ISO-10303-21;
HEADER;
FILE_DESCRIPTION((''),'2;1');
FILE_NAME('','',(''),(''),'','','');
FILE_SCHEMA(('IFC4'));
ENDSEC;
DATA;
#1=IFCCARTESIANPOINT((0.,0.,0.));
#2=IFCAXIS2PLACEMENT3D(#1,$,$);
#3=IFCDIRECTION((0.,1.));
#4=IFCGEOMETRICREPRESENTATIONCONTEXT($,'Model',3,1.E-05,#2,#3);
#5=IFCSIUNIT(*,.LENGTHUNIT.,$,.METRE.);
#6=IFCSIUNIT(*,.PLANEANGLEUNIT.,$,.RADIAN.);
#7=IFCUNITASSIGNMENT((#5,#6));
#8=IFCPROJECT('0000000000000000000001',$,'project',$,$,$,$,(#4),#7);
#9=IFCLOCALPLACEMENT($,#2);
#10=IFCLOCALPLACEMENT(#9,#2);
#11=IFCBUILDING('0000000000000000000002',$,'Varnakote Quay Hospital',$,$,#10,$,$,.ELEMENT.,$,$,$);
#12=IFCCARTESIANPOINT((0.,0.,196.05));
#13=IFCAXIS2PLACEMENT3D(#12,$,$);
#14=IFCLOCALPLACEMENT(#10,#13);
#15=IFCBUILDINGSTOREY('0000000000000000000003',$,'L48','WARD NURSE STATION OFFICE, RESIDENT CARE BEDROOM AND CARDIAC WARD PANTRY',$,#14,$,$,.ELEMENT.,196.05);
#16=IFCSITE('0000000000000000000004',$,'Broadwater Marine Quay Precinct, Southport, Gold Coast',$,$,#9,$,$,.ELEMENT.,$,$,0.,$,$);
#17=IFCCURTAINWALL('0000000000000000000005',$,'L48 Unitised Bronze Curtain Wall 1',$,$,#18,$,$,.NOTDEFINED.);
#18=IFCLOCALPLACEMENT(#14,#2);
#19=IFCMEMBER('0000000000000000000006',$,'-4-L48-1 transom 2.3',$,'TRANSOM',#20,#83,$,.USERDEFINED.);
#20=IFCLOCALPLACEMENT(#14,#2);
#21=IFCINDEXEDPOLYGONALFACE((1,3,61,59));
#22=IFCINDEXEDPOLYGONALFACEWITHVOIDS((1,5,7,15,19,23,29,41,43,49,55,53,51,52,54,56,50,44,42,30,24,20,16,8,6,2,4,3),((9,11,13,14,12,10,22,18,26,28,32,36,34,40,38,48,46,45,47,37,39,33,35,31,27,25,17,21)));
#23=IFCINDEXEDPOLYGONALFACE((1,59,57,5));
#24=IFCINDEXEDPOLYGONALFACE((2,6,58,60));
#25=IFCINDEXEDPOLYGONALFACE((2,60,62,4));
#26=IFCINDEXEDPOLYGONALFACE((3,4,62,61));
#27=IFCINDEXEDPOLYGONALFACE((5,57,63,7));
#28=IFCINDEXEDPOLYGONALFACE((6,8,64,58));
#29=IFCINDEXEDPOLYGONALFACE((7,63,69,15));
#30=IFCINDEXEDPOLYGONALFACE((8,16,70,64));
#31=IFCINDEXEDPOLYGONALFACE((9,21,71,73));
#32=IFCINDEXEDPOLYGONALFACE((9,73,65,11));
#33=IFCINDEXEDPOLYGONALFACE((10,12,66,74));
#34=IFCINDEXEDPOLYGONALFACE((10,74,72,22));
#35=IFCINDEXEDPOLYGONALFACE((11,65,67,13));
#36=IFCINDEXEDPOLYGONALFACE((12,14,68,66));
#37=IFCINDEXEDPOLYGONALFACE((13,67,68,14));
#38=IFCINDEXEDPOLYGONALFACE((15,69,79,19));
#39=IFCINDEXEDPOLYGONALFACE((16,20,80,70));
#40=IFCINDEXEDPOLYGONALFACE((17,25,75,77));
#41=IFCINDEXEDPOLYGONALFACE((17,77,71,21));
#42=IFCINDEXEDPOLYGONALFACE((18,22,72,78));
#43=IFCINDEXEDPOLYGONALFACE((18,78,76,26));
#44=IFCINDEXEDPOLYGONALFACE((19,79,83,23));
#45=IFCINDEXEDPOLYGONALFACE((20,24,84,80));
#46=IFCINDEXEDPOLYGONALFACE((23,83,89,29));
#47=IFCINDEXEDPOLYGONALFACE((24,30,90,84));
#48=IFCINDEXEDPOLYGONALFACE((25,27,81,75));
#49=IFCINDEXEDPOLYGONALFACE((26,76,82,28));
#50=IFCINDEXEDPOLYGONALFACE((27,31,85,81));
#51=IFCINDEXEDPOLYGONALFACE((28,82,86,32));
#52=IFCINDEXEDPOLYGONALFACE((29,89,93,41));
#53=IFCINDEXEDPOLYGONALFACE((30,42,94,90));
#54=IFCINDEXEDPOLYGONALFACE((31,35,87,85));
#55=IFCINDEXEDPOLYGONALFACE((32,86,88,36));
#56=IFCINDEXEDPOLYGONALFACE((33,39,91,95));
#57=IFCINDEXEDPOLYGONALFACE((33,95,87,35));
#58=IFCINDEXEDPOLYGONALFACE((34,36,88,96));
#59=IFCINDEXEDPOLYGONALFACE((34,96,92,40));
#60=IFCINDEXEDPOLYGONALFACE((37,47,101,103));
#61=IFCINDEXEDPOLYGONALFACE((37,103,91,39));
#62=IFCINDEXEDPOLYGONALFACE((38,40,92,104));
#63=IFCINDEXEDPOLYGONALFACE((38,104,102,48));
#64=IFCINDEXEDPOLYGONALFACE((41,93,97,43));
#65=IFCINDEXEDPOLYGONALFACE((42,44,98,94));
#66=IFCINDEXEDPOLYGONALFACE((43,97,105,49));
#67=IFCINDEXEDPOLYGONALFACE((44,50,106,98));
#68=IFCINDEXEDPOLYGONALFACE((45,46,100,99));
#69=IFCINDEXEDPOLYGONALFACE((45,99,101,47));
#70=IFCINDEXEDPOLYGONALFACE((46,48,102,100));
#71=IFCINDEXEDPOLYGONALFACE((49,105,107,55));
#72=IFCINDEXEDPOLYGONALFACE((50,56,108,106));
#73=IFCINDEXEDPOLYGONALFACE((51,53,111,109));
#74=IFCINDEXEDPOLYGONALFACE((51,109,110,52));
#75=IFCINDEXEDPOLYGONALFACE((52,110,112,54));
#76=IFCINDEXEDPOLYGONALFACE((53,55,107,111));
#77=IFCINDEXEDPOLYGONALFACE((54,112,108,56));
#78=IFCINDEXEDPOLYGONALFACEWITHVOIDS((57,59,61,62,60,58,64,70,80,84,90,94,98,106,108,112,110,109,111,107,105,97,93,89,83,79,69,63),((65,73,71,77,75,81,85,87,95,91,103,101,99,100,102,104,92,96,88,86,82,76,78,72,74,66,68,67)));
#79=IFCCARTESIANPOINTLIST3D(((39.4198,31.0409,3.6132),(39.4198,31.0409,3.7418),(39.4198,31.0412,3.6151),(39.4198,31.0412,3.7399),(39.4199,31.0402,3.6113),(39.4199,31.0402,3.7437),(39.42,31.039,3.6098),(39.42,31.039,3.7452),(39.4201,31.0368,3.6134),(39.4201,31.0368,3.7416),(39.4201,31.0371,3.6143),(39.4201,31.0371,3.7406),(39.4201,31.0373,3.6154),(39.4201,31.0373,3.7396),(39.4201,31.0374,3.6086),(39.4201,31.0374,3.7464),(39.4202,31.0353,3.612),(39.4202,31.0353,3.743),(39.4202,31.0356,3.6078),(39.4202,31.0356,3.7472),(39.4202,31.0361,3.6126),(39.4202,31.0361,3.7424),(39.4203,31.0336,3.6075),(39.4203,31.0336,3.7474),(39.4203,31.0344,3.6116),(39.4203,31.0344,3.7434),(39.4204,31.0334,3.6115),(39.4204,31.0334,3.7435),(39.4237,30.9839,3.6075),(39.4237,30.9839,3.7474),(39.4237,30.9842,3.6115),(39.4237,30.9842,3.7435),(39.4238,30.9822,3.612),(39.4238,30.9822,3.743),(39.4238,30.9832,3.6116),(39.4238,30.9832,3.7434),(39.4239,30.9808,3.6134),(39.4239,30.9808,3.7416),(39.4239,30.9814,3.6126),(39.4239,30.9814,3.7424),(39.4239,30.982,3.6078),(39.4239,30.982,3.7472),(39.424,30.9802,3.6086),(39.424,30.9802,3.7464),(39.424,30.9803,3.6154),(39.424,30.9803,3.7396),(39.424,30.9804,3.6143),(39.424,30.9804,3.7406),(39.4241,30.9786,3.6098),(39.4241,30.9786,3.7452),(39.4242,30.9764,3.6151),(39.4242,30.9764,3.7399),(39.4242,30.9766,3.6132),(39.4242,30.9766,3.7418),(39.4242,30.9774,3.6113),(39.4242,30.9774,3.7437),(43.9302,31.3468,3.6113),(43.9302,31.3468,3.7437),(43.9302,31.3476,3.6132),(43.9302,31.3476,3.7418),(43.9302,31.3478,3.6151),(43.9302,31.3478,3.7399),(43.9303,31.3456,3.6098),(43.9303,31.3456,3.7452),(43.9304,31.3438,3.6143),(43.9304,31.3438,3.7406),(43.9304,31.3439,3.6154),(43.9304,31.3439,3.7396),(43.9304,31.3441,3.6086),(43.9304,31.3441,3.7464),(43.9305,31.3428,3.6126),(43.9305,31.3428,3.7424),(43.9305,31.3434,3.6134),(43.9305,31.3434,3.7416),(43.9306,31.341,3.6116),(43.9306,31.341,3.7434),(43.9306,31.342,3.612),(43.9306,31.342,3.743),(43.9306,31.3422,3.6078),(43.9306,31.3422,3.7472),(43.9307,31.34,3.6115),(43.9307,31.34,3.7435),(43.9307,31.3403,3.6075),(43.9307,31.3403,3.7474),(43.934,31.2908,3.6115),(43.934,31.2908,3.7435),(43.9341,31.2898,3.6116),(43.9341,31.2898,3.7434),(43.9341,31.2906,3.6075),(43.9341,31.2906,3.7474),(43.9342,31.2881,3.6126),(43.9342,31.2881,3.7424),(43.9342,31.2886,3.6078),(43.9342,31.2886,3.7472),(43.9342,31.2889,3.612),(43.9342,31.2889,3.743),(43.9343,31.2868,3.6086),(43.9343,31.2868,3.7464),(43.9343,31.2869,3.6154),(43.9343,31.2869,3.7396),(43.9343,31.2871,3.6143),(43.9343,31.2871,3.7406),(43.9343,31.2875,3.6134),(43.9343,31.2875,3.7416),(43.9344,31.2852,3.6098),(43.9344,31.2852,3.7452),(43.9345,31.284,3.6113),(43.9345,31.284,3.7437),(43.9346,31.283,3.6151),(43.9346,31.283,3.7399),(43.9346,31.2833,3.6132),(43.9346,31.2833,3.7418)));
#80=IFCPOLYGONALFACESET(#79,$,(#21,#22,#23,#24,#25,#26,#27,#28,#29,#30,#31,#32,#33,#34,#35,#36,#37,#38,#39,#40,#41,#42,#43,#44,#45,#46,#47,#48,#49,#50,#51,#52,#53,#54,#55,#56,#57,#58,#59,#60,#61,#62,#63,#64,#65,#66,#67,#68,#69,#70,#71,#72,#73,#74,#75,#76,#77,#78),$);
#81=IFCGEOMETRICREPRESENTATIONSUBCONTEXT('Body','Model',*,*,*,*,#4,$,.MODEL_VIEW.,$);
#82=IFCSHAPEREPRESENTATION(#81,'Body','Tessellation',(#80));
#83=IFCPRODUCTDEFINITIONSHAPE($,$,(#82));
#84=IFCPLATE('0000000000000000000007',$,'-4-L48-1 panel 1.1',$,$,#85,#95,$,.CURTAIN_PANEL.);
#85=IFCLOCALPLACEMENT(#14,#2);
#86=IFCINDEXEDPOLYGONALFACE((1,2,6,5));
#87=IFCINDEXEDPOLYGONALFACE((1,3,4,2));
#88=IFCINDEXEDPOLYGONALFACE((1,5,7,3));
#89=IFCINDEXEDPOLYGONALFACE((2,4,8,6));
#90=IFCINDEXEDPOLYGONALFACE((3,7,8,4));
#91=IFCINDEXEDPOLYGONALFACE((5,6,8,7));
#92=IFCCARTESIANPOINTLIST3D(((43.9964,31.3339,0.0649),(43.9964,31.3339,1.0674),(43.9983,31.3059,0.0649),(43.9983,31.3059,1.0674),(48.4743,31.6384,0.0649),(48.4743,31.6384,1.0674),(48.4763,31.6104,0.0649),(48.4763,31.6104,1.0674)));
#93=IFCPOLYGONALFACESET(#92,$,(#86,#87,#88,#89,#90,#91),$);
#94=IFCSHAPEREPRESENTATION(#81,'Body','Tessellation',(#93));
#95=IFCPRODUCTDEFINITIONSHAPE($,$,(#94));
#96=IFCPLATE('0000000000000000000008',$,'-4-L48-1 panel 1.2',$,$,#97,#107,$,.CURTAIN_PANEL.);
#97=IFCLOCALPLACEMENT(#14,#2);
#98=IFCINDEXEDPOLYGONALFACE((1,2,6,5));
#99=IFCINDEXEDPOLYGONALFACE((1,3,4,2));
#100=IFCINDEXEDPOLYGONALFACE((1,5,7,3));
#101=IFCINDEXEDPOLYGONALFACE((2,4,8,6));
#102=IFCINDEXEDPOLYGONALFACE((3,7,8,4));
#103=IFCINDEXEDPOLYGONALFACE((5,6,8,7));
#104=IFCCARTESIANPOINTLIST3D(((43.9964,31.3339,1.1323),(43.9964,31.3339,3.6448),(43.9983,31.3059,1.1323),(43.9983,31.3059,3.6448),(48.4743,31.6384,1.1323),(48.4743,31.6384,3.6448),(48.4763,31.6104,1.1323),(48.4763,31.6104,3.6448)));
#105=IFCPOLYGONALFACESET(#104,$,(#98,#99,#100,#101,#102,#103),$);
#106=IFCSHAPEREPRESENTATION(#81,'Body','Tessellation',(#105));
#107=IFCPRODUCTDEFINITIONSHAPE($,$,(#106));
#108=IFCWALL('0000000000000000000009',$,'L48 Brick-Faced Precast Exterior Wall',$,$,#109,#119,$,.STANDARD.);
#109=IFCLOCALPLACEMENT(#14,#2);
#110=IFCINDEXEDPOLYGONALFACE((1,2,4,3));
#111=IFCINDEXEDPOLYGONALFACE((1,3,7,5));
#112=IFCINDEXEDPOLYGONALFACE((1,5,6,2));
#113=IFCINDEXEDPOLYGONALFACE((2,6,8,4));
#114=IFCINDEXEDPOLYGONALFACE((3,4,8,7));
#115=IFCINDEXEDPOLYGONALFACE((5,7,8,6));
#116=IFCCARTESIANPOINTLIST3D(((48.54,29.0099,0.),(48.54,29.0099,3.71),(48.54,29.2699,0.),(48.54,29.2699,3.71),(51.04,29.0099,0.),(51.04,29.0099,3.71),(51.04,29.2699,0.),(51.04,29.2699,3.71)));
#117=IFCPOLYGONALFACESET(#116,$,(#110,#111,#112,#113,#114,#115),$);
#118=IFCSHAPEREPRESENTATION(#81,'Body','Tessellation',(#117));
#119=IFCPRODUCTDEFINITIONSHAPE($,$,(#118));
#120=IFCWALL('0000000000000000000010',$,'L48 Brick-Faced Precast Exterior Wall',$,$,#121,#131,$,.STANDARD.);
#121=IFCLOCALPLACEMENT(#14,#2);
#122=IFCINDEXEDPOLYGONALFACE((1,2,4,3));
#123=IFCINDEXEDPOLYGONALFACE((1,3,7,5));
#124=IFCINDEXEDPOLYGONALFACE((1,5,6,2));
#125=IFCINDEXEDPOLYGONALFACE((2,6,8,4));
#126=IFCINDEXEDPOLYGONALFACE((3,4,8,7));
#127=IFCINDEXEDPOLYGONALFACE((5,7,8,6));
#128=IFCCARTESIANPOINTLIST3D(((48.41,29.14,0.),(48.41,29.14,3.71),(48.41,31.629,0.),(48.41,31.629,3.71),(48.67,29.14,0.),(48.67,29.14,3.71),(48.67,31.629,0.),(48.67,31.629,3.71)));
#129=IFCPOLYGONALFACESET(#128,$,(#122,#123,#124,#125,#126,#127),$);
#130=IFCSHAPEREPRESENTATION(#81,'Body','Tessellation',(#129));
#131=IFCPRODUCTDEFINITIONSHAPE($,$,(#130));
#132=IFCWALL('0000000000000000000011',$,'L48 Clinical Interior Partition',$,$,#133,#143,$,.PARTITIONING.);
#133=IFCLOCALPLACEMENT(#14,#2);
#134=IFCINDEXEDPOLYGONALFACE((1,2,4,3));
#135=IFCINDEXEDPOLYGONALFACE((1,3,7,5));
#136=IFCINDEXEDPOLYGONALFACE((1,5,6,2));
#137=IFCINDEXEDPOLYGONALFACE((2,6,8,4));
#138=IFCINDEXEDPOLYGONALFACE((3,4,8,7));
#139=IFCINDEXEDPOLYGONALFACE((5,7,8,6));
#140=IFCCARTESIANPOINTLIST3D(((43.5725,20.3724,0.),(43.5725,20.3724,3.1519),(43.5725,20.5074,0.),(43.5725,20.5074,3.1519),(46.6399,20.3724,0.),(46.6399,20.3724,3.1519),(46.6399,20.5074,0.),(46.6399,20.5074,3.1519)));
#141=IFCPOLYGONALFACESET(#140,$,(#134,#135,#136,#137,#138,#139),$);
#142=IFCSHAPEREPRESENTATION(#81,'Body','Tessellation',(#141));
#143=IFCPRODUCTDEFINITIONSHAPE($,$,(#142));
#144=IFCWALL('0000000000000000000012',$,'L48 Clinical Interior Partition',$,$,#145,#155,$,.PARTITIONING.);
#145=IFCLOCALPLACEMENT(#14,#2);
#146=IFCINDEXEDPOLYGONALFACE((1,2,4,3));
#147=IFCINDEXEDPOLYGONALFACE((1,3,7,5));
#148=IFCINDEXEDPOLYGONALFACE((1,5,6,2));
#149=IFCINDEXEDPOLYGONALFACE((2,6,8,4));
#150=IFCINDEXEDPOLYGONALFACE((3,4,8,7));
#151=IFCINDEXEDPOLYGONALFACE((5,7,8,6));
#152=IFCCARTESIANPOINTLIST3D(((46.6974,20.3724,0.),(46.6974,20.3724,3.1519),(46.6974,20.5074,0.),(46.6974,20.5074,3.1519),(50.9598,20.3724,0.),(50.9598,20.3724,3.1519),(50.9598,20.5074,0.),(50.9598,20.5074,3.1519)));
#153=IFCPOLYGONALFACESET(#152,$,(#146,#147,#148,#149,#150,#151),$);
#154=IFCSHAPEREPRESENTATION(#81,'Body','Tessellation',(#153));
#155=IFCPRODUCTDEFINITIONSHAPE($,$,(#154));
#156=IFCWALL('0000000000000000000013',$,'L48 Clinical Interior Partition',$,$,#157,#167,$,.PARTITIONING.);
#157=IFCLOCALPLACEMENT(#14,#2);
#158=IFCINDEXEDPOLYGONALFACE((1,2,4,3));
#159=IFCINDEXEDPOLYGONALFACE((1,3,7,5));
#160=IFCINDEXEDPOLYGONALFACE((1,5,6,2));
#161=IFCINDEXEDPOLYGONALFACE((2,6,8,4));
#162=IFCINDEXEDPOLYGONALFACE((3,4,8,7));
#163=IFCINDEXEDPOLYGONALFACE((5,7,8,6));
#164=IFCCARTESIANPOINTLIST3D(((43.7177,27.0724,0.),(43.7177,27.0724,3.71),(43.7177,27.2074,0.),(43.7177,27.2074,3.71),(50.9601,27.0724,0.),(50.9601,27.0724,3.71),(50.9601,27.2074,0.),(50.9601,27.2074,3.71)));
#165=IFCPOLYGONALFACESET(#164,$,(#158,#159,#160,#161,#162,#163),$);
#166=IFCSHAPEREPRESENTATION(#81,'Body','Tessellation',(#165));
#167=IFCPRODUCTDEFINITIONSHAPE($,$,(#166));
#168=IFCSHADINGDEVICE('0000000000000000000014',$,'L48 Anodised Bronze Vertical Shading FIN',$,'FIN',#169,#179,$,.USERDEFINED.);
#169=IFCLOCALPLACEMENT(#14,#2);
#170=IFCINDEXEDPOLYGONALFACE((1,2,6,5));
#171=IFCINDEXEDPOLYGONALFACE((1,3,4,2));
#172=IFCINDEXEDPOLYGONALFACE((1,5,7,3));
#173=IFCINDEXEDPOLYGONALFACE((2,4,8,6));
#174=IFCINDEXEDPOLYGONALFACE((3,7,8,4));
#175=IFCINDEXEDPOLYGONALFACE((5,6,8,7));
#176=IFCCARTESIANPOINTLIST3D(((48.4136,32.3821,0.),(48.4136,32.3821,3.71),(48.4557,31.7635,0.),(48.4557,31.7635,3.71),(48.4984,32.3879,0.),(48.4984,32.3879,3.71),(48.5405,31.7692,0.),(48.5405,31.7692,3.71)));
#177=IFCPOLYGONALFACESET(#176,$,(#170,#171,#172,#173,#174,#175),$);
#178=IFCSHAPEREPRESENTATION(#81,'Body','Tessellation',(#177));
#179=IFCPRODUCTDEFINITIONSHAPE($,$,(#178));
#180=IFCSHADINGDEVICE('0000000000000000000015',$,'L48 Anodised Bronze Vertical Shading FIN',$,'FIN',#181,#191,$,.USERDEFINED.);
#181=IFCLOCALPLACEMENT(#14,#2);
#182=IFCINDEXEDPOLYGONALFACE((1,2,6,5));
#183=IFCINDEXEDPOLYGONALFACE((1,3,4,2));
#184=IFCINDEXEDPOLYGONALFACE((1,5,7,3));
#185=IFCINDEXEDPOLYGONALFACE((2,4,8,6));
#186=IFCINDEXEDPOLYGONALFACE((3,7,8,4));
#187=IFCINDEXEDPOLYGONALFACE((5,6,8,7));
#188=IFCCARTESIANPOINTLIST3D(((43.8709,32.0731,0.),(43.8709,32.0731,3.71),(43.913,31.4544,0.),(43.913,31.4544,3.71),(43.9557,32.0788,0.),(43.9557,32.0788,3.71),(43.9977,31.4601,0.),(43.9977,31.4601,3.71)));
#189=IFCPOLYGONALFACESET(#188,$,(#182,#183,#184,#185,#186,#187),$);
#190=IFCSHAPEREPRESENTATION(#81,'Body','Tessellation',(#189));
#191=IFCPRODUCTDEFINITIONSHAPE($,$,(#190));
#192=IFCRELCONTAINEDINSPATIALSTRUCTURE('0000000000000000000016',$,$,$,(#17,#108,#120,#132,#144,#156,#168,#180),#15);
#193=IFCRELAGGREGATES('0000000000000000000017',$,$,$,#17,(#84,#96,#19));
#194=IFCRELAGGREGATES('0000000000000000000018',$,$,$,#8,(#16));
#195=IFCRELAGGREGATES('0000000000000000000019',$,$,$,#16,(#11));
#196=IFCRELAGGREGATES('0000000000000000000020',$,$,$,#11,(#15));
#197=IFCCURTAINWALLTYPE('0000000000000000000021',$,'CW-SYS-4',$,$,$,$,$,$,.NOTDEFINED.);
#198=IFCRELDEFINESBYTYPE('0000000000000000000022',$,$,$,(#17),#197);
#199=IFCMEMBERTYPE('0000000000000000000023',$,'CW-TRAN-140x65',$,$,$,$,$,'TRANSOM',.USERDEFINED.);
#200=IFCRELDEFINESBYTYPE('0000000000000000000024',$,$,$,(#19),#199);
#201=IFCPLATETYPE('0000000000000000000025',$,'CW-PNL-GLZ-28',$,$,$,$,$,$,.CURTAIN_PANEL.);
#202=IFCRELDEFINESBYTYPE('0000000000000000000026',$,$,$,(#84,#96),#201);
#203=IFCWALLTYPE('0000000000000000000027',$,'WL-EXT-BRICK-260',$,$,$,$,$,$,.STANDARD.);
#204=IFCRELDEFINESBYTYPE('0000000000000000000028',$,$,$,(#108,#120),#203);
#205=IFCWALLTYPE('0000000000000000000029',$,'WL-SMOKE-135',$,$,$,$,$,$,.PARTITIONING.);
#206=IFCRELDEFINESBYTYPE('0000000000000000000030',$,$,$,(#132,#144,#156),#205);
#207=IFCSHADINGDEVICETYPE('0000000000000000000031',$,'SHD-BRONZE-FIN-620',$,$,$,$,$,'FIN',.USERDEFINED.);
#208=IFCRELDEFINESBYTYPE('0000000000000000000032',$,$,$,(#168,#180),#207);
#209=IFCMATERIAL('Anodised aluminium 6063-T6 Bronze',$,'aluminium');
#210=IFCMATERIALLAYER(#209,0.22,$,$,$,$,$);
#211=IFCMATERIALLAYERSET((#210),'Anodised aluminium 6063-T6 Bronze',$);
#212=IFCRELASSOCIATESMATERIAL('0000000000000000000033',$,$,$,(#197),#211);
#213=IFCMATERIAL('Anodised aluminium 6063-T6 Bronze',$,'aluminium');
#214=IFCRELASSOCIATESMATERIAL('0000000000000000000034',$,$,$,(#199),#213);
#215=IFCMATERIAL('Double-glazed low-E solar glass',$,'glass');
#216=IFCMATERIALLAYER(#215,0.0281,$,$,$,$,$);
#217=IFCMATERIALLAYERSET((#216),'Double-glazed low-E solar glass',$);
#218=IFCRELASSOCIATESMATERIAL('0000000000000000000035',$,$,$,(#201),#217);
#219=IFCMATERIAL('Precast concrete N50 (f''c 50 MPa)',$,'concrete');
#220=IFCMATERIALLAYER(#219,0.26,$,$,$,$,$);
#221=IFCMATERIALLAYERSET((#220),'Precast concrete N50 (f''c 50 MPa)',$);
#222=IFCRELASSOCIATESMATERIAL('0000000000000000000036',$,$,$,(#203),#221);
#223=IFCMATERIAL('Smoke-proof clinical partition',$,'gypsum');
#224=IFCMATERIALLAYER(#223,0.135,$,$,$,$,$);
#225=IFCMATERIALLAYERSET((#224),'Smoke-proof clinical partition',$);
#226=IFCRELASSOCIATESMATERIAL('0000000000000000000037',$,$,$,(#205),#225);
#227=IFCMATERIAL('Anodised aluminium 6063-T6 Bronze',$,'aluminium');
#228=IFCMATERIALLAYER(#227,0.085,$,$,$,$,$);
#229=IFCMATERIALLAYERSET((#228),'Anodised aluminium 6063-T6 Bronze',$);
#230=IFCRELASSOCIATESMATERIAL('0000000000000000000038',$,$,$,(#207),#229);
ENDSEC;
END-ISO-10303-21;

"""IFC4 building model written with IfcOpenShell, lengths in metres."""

from ifc_helpers import new_model, si_unit, direction, frame, frame_2d, origin, origin_2d, place, context, subcontext, project, spatial, rectangle, hollow_rectangle, extrude, material, layer, layer_set, material_profile, profile_set, type_object, element, aggregate, save


model = new_model("IFC4")

# Units and contexts
model_context = context("Model", 3, precision=1e-05, world=origin(), true_north=direction((0.0, 1.0)))
body_context = subcontext(model_context, "Body", "Model", "MODEL_VIEW")
ifc_project = project(units=[si_unit("LENGTHUNIT", "METRE"), si_unit("PLANEANGLEUNIT", "RADIAN")], contexts=[model_context])

# Site, building, storey
site_placement = place(None, origin())
site = spatial("IfcSite", under=ifc_project, at=site_placement, Name="Broadwater Marine Quay Precinct, Southport, Gold Coast", CompositionType="ELEMENT", RefElevation=0.0)
building_placement = place(site_placement, origin())
building = spatial("IfcBuilding", under=site, at=building_placement, Name="Varnakote Quay Hospital", CompositionType="ELEMENT")
storey_placement = place(building_placement, frame((0.0, 0.0, 196.05)))
storey = spatial("IfcBuildingStorey", under=building, at=storey_placement, Name="L48", Description="WARD NURSE STATION OFFICE, RESIDENT CARE BEDROOM AND CARDIAC WARD PANTRY", CompositionType="ELEMENT", Elevation=196.05)

# Curtain wall, member, plates
ifc_material_1 = material(Name="Anodised aluminium 6063-T6 Bronze", Category="aluminium")
ifc_layer_1 = layer(ifc_material_1, 0.22)
ifc_layer_set_1 = layer_set([ifc_layer_1], Name="Anodised aluminium 6063-T6 Bronze")
curtain_wall_type = type_object("IfcCurtainWallType", Name="CW-SYS-4", PredefinedType="NOTDEFINED", material=ifc_layer_set_1)
curtain_wall_placement = place(storey_placement, origin())
curtain_wall = element("IfcCurtainWall", 1, at=curtain_wall_placement, inside=storey, type_object=curtain_wall_type, Name="L48 Unitised Bronze Curtain Wall 1", PredefinedType="NOTDEFINED")
ifc_material_2 = material(Name="Anodised aluminium 6063-T6 Bronze", Category="aluminium")
ifc_material_profile_1 = material_profile(ifc_material_2, hollow_rectangle(XDim=0.0649, YDim=0.1399, WallThickness=0.0039, InnerFilletRadius=0.0039, OuterFilletRadius=0.0076, at=origin_2d()), Name="CW-TRAN-140x65")
ifc_profile_set_1 = profile_set([ifc_material_profile_1], Name="Anodised aluminium 6063-T6 Bronze")
member_type_1 = type_object("IfcMemberType", Name="CW-TRAN-140x65", ElementType="TRANSOM", PredefinedType="USERDEFINED", material=ifc_profile_set_1)
member_1_placement = place(storey_placement, frame((43.9324, 31.3154, 3.6775), z_axis=(-0.997697, -0.067831, 0.0), x_axis=(0.067831, -0.997697, 0.0)))
member_1 = element("IfcMember", 2, at=member_1_placement, type_object=member_type_1, Name="-4-L48-1 transom 2.3", ObjectType="TRANSOM", PredefinedType="USERDEFINED", context=body_context, shape_type="SweptSolid", body=[
    extrude(hollow_rectangle(XDim=0.0649, YDim=0.1399, WallThickness=0.0039, InnerFilletRadius=0.0039, OuterFilletRadius=0.0076, at=origin_2d()), origin(), (0.0, 0.0, 1.0), 4.5208),
])
ifc_material_3 = material(Name="Double-glazed low-E solar glass", Category="glass")
ifc_layer_2 = layer(ifc_material_3, 0.0281)
ifc_layer_set_2 = layer_set([ifc_layer_2], Name="Double-glazed low-E solar glass")
plate_type = type_object("IfcPlateType", Name="CW-PNL-GLZ-28", PredefinedType="CURTAIN_PANEL", material=ifc_layer_set_2)
plate_1_placement = place(storey_placement, frame((46.2363, 31.4722, 0.0649), z_axis=(0.0, 0.0, 1.0), x_axis=(-0.997696, -0.067842, 0.0)))
plate_1 = element("IfcPlate", 3, at=plate_1_placement, type_object=plate_type, Name="-4-L48-1 panel 1.1", PredefinedType="CURTAIN_PANEL", context=body_context, shape_type="SweptSolid", body=[
    extrude(rectangle(XDim=4.4883, YDim=0.0281, at=origin_2d()), origin(), (0.0, 0.0, 1.0), 1.0024),
])
plate_2_placement = place(storey_placement, frame((46.2363, 31.4722, 1.1323), z_axis=(0.0, 0.0, 1.0), x_axis=(-0.997696, -0.067842, 0.0)))
plate_2 = element("IfcPlate", 4, at=plate_2_placement, type_object=plate_type, Name="-4-L48-1 panel 1.2", PredefinedType="CURTAIN_PANEL", context=body_context, shape_type="SweptSolid", body=[
    extrude(rectangle(XDim=4.4883, YDim=0.0281, at=origin_2d()), origin(), (0.0, 0.0, 1.0), 2.5125),
])
aggregate(curtain_wall, [plate_1, plate_2, member_1])

# Walls
ifc_material_4 = material(Name="Precast concrete N50 (f'c 50 MPa)", Category="concrete")
ifc_layer_3 = layer(ifc_material_4, 0.26)
ifc_layer_set_3 = layer_set([ifc_layer_3], Name="Precast concrete N50 (f'c 50 MPa)")
wall_type_1 = type_object("IfcWallType", Name="WL-EXT-BRICK-260", PredefinedType="STANDARD", material=ifc_layer_set_3)
wall_1_placement = place(storey_placement, frame((51.04, 29.1399, 0.0), z_axis=(0.0, 0.0, 1.0), x_axis=(-1.0, 0.0, 0.0)))
element("IfcWall", 5, at=wall_1_placement, inside=storey, type_object=wall_type_1, Name="L48 Brick-Faced Precast Exterior Wall", PredefinedType="STANDARD", context=body_context, shape_type="SweptSolid", body=[
    extrude(rectangle(XDim=2.5, YDim=0.26, at=frame_2d((1.25, 0.0))), origin(), (0.0, 0.0, 1.0), 3.71),
])
wall_2_placement = place(storey_placement, frame((48.54, 29.1399, 0.0), z_axis=(0.0, 0.0, 1.0), x_axis=(0.0, 1.0, 0.0)))
element("IfcWall", 6, at=wall_2_placement, inside=storey, type_object=wall_type_1, Name="L48 Brick-Faced Precast Exterior Wall", PredefinedType="STANDARD", context=body_context, shape_type="SweptSolid", body=[
    extrude(rectangle(XDim=2.489, YDim=0.26, at=frame_2d((1.2446, 0.0))), origin(), (0.0, 0.0, 1.0), 3.71),
])
ifc_material_5 = material(Name="Smoke-proof clinical partition", Category="gypsum")
ifc_layer_4 = layer(ifc_material_5, 0.135)
ifc_layer_set_4 = layer_set([ifc_layer_4], Name="Smoke-proof clinical partition")
wall_type_2 = type_object("IfcWallType", Name="WL-SMOKE-135", PredefinedType="PARTITIONING", material=ifc_layer_set_4)
wall_3_placement = place(storey_placement, frame((46.6399, 20.4399, 0.0), z_axis=(0.0, 0.0, 1.0), x_axis=(-1.0, 0.0, 0.0)))
element("IfcWall", 7, at=wall_3_placement, inside=storey, type_object=wall_type_2, Name="L48 Clinical Interior Partition", PredefinedType="PARTITIONING", context=body_context, shape_type="SweptSolid", body=[
    extrude(rectangle(XDim=3.0674, YDim=0.135, at=frame_2d((1.5337, 0.0))), origin(), (0.0, 0.0, 1.0), 3.1519),
])
wall_4_placement = place(storey_placement, frame((50.96, 20.4399, 0.0), z_axis=(0.0, 0.0, 1.0), x_axis=(-1.0, 0.0, 0.0)))
element("IfcWall", 8, at=wall_4_placement, inside=storey, type_object=wall_type_2, Name="L48 Clinical Interior Partition", PredefinedType="PARTITIONING", context=body_context, shape_type="SweptSolid", body=[
    extrude(rectangle(XDim=4.2625, YDim=0.135, at=frame_2d((2.1313, 0.0))), origin(), (0.0, 0.0, 1.0), 3.1519),
])
wall_5_placement = place(storey_placement, frame((50.96, 27.1399, 0.0), z_axis=(0.0, 0.0, 1.0), x_axis=(-1.0, 0.0, 0.0)))
element("IfcWall", 9, at=wall_5_placement, inside=storey, type_object=wall_type_2, Name="L48 Clinical Interior Partition", PredefinedType="PARTITIONING", context=body_context, shape_type="SweptSolid", body=[
    extrude(rectangle(XDim=7.2424, YDim=0.135, at=frame_2d((3.6211, 0.0))), origin(), (0.0, 0.0, 1.0), 3.71),
])

# Shading devices
ifc_material_6 = material(Name="Anodised aluminium 6063-T6 Bronze", Category="aluminium")
ifc_layer_5 = layer(ifc_material_6, 0.085)
ifc_layer_set_5 = layer_set([ifc_layer_5], Name="Anodised aluminium 6063-T6 Bronze")
shading_device_type = type_object("IfcShadingDeviceType", Name="SHD-BRONZE-FIN-620", ElementType="FIN", PredefinedType="USERDEFINED", material=ifc_layer_set_5)
for number, where, z_axis, x_axis, name in (
    (10, (48.4771, 32.0757, 0.0), (0.0, 0.0, 1.0), (0.067841, -0.997696, 0.0), "L48 Anodised Bronze Vertical Shading FIN"),
    (11, (43.9343, 31.7666, 0.0), (0.0, 0.0, 1.0), (0.067841, -0.997696, 0.0), "L48 Anodised Bronze Vertical Shading FIN"),
):
    element("IfcShadingDevice", number, at=place(storey_placement, frame(where, z_axis=z_axis, x_axis=x_axis)), inside=storey, type_object=shading_device_type, Name=name, ObjectType="FIN", PredefinedType="USERDEFINED", context=body_context, shape_type="SweptSolid", body=[
        extrude(rectangle(XDim=0.6201, YDim=0.085, at=origin_2d()), origin(), (0.0, 0.0, 1.0), 3.71),
    ])

save(model, "model.ifc")
